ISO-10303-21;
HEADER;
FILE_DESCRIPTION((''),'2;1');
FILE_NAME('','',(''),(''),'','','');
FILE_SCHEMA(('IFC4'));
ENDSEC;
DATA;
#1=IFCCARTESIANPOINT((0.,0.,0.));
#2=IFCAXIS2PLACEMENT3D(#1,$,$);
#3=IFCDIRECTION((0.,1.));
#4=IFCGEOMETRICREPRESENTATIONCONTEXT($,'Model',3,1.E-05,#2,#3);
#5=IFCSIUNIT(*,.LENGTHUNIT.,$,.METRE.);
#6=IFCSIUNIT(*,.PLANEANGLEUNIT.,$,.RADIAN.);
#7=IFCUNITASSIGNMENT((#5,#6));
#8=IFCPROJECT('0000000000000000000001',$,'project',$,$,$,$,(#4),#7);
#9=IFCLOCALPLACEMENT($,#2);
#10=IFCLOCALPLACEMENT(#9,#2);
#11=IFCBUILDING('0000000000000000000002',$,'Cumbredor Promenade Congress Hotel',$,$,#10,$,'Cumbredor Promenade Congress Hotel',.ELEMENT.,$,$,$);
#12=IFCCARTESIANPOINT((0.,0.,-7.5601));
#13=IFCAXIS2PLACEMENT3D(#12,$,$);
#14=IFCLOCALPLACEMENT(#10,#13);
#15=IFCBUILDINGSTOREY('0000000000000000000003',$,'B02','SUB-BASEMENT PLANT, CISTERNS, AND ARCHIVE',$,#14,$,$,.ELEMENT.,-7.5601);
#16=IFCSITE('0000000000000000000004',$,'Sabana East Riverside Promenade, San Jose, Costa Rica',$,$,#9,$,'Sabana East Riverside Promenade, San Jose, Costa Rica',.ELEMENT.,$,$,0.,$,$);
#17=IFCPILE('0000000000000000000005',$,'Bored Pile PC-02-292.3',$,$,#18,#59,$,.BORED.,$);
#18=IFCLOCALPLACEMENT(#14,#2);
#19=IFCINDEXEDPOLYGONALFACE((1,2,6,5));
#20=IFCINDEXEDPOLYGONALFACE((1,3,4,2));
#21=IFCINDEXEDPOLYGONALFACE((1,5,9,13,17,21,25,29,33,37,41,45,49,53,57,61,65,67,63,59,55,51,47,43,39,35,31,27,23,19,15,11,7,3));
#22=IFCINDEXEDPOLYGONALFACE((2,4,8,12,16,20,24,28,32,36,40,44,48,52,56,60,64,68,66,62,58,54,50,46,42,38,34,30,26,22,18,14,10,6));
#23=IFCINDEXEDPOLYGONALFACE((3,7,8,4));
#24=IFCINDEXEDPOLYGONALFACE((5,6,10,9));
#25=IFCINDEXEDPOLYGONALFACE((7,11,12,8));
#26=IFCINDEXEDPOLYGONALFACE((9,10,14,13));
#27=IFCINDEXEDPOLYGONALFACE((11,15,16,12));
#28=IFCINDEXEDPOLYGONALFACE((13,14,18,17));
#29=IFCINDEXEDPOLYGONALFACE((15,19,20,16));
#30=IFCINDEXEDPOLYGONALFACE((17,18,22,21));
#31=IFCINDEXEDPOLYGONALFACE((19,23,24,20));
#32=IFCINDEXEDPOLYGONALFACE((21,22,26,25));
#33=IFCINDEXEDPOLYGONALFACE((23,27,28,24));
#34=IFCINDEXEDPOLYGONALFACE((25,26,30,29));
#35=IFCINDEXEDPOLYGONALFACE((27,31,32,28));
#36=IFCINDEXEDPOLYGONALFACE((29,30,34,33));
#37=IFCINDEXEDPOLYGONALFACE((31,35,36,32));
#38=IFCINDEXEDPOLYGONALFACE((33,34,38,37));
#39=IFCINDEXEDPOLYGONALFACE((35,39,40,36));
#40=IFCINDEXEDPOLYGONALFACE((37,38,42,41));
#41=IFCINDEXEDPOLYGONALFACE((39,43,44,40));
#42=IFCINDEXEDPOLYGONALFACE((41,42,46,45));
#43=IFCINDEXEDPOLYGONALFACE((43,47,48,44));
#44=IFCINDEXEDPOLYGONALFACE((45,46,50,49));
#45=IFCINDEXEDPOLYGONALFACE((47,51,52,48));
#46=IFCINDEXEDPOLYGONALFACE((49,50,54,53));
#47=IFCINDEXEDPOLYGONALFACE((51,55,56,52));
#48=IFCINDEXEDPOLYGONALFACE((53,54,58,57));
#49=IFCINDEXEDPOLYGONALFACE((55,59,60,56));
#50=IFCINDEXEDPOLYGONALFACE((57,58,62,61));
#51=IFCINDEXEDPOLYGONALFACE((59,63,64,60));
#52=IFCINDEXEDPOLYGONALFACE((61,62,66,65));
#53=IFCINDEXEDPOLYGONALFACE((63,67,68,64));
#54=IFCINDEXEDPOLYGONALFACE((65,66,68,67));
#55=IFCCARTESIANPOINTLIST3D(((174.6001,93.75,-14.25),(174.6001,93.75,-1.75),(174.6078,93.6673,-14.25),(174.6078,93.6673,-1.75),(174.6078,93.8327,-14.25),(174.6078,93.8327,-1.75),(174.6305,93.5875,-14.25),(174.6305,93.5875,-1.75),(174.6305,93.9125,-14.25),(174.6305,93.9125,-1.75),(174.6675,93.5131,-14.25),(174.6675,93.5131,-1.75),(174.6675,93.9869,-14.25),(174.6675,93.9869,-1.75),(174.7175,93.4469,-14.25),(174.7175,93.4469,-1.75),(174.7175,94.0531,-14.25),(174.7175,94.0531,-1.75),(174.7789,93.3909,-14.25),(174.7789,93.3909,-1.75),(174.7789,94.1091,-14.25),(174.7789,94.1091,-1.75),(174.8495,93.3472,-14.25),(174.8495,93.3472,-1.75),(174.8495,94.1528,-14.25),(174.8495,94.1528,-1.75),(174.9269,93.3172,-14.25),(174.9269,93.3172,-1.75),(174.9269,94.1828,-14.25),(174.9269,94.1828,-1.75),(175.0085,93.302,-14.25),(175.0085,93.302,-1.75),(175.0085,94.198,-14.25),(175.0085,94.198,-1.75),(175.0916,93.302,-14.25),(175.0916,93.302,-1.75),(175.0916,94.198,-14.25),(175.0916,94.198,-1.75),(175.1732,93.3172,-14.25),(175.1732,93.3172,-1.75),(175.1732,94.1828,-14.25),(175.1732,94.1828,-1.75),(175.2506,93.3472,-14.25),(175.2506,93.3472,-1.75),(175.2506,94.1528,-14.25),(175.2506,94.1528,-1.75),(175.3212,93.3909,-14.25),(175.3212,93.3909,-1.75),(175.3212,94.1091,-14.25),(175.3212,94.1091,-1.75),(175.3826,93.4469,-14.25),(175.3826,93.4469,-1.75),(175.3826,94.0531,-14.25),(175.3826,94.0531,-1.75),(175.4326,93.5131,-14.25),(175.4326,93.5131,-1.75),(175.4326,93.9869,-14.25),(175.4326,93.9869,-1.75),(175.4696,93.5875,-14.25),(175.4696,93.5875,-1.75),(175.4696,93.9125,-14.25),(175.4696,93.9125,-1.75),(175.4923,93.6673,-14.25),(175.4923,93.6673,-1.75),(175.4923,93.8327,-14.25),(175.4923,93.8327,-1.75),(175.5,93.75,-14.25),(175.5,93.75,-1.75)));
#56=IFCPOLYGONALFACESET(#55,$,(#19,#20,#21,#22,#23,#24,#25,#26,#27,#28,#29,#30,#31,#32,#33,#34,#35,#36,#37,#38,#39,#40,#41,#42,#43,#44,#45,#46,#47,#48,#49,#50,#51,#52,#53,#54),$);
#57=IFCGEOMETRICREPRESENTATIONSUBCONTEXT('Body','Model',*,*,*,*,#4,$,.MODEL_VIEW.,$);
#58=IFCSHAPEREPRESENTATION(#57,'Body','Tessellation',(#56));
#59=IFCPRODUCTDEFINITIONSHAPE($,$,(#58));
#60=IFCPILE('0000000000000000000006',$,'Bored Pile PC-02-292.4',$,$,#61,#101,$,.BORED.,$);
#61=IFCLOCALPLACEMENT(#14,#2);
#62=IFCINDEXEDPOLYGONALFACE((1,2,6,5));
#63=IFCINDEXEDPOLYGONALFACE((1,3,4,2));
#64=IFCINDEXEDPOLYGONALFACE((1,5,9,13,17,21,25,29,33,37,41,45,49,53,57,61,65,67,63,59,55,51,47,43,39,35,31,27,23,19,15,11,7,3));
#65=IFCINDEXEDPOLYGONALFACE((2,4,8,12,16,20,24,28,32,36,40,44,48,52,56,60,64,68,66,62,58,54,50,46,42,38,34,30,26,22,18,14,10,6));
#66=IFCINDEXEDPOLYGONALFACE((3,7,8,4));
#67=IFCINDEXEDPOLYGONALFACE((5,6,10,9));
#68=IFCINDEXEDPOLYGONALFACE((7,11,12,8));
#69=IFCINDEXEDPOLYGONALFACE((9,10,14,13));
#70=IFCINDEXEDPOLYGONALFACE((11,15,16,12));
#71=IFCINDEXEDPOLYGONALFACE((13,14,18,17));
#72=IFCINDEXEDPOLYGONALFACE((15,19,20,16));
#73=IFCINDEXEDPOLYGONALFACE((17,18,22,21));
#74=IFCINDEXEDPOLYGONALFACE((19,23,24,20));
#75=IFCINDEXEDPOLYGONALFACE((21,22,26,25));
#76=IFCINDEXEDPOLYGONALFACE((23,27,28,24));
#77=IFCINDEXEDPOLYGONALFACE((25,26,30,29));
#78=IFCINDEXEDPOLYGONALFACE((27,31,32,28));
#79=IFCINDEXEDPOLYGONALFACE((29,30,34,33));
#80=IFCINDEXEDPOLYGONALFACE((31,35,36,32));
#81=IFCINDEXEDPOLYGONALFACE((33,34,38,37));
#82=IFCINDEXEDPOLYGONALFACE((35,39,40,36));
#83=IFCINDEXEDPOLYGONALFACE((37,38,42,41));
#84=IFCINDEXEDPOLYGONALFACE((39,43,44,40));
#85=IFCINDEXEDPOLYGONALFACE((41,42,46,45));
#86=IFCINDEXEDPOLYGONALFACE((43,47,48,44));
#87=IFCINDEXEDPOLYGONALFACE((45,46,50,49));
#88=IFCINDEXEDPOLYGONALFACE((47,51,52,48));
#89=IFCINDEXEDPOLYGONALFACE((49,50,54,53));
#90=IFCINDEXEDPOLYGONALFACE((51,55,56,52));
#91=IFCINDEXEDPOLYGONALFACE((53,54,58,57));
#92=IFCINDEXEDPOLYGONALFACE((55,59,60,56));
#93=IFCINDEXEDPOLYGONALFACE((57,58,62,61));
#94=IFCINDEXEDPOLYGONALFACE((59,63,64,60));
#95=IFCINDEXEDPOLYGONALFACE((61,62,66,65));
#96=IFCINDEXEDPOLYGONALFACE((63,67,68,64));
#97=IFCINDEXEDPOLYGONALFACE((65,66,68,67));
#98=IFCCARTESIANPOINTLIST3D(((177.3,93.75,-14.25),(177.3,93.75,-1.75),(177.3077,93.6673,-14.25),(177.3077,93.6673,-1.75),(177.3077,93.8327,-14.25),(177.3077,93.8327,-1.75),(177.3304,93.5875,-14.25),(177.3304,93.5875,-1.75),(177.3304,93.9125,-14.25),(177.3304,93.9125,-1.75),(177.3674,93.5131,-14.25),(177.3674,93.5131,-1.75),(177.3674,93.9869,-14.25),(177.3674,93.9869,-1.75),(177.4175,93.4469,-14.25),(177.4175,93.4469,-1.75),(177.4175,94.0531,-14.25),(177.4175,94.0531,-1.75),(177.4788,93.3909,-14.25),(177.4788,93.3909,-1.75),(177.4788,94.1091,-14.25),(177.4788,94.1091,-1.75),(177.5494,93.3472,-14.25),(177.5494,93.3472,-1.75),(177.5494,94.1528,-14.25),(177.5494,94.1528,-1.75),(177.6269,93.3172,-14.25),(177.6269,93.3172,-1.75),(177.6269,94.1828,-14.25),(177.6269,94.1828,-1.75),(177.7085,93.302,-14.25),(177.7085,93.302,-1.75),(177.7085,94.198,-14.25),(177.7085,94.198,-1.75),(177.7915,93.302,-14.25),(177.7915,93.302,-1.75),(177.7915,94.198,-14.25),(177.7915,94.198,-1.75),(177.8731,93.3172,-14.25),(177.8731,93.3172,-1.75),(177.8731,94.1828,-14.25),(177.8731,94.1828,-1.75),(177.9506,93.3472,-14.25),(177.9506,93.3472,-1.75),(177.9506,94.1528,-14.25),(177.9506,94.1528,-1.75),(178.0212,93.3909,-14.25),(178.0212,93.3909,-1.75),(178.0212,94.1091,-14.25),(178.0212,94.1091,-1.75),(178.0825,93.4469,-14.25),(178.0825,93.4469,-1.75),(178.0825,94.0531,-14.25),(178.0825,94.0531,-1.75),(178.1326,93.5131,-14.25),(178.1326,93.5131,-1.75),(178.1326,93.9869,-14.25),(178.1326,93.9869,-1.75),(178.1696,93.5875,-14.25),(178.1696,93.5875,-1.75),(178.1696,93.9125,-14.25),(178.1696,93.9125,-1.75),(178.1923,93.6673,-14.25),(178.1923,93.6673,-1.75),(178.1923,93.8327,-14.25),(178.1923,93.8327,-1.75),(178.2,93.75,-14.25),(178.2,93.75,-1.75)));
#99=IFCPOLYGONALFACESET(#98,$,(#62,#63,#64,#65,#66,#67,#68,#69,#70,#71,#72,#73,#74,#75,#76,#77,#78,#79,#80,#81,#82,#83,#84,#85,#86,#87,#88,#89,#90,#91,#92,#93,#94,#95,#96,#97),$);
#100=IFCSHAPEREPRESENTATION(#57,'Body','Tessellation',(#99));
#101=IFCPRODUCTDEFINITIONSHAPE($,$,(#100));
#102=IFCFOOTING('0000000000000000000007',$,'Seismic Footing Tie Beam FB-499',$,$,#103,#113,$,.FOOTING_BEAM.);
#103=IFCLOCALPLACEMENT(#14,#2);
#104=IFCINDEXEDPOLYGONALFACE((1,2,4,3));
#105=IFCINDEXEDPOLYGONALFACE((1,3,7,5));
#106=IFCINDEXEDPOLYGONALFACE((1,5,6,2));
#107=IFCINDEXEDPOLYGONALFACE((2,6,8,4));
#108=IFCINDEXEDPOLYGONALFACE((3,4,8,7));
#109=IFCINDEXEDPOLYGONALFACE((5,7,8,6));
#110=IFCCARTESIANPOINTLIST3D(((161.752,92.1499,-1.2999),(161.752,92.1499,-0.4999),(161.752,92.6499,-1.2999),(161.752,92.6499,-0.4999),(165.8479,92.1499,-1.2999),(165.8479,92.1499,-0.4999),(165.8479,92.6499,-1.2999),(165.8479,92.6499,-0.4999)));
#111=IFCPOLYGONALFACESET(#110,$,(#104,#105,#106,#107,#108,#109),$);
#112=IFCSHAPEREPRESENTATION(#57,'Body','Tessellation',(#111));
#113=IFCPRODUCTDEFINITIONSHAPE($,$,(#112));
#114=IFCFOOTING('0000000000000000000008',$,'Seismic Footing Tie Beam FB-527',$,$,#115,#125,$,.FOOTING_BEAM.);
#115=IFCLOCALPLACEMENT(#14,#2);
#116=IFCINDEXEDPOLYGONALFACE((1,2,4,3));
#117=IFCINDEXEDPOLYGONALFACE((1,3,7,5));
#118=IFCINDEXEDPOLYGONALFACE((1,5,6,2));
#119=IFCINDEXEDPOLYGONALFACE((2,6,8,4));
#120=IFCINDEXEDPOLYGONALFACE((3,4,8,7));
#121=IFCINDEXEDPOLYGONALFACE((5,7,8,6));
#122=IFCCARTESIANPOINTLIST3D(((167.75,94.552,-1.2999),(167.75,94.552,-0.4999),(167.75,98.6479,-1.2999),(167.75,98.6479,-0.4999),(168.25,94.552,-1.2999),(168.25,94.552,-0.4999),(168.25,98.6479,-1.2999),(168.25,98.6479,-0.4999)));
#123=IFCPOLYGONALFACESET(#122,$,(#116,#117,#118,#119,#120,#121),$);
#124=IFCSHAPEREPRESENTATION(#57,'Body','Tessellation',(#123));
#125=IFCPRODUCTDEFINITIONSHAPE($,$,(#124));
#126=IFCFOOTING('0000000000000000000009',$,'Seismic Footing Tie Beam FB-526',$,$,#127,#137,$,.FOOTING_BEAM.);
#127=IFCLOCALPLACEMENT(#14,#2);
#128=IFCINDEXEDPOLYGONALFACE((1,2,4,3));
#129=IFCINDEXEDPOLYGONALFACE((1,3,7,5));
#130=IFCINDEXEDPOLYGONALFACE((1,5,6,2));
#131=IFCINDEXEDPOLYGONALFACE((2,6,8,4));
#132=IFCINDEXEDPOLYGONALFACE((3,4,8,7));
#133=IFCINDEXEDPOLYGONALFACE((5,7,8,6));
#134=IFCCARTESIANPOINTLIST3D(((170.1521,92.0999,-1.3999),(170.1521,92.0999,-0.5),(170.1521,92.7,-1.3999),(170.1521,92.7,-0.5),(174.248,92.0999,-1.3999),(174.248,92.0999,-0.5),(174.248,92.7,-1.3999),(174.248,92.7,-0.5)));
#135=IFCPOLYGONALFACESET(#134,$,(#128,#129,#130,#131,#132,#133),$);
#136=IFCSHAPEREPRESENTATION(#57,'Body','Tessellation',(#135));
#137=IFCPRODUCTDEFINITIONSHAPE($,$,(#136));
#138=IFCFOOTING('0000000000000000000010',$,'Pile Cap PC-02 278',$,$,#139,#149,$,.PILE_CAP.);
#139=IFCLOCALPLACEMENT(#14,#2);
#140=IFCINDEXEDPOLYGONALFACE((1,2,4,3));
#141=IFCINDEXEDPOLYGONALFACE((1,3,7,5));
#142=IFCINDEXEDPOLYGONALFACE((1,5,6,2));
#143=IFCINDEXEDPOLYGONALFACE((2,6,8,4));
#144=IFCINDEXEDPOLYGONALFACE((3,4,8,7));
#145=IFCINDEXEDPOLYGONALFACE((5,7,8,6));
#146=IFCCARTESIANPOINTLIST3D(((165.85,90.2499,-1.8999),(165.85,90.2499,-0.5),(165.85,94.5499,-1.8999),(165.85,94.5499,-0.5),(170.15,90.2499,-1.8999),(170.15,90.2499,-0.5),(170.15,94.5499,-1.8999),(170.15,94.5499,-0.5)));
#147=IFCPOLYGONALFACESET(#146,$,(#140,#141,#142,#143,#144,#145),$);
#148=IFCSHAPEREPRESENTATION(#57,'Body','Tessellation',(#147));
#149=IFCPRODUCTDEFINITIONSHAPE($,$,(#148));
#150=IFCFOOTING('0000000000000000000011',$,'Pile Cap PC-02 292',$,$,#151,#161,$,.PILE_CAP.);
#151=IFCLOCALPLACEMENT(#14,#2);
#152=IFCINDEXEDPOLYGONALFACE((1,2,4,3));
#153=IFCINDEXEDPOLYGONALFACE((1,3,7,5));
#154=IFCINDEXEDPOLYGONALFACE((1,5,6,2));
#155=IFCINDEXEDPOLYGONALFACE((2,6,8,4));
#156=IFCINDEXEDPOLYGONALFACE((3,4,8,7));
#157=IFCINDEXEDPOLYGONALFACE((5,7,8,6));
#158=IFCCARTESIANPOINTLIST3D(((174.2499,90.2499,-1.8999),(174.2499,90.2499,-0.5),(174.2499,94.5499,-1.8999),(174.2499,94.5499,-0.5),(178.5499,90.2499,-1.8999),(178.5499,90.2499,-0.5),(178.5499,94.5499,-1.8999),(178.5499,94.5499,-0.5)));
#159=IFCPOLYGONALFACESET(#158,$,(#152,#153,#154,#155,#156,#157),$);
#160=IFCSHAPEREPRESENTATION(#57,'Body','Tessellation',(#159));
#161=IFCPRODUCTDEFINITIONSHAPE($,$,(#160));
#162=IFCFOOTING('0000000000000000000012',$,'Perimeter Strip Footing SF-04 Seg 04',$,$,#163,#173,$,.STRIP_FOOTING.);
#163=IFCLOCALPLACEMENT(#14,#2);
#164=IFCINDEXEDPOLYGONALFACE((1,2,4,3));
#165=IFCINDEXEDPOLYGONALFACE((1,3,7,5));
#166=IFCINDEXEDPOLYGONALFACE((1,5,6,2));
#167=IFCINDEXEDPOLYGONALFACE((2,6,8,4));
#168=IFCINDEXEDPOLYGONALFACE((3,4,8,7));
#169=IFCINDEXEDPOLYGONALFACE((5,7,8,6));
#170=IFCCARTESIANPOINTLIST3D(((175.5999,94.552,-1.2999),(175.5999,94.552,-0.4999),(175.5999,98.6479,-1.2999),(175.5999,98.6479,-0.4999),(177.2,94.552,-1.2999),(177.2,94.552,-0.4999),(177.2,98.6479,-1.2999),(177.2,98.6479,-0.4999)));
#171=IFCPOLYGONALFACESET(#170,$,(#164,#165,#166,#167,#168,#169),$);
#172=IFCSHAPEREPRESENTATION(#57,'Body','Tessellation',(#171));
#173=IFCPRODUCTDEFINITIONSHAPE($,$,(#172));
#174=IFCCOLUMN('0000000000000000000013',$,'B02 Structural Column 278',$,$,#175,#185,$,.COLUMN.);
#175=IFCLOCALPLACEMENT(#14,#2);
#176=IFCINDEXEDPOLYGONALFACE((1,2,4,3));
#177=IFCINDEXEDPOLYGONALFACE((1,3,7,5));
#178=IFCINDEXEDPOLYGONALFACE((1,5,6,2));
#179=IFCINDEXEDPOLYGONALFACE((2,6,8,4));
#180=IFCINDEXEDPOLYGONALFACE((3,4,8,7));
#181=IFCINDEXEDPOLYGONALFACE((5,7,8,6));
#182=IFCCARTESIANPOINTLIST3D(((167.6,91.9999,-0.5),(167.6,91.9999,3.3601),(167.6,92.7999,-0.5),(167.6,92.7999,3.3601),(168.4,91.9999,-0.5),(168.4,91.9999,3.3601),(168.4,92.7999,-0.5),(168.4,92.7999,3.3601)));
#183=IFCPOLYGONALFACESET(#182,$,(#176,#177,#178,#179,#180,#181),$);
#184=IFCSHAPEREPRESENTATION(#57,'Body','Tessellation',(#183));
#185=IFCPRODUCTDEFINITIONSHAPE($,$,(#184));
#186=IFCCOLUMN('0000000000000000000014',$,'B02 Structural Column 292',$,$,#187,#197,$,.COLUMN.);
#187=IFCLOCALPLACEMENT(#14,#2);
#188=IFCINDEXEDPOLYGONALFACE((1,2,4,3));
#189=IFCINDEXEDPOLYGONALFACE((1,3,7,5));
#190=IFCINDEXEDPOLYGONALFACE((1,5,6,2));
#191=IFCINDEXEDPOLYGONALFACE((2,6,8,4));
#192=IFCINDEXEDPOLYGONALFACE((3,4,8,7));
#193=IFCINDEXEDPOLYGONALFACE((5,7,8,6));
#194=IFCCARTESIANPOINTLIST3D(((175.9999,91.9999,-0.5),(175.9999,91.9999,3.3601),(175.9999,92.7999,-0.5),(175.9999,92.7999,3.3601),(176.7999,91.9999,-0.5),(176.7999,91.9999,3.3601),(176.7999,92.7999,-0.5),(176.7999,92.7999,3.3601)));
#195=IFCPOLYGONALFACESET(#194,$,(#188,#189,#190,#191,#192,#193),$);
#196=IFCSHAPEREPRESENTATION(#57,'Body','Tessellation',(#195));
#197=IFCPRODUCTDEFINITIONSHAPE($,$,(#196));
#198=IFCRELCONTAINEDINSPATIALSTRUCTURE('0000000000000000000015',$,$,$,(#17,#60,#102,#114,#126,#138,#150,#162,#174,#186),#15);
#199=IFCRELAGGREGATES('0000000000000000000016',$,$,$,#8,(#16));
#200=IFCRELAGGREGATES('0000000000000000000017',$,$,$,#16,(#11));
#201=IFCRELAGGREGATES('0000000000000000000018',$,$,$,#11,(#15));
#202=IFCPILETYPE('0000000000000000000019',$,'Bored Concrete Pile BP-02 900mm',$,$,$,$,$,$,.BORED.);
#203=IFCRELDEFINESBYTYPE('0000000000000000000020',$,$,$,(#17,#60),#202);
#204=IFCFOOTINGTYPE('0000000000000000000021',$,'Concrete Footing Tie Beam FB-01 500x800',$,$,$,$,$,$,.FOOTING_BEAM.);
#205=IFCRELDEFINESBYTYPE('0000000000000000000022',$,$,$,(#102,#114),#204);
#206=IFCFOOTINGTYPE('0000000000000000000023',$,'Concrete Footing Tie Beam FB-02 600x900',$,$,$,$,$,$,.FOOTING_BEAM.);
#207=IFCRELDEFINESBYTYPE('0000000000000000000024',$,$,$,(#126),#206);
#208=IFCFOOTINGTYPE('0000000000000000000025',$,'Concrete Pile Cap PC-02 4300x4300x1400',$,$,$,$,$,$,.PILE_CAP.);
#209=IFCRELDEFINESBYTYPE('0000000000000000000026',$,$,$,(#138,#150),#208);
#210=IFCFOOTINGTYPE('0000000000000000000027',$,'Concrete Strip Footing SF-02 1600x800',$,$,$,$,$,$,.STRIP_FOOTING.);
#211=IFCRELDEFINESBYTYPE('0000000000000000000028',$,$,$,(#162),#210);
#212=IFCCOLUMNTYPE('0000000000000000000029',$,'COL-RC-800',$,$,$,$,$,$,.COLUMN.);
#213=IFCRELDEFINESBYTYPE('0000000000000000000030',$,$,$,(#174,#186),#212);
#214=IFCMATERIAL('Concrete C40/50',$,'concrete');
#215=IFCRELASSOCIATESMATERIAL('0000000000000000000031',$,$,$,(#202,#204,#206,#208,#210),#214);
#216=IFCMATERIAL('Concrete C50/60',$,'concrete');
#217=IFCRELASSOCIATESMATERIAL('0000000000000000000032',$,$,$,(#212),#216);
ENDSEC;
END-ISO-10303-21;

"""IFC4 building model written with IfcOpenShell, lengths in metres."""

from ifc_helpers import new_model, si_unit, direction, frame, origin, origin_2d, place, context, subcontext, project, spatial, rectangle, circle, extrude, material, material_profile, profile_set, type_object, element, save


model = new_model("IFC4")

# Units and contexts
model_context = context("Model", 3, precision=1e-05, world=origin(), true_north=direction((0.0, 1.0)))
body_context = subcontext(model_context, "Body", "Model", "MODEL_VIEW")
ifc_project = project(units=[si_unit("LENGTHUNIT", "METRE"), si_unit("PLANEANGLEUNIT", "RADIAN")], contexts=[model_context])

# Site, building, storey
site_placement = place(None, origin())
site = spatial("IfcSite", under=ifc_project, at=site_placement, Name="Sabana East Riverside Promenade, San Jose, Costa Rica", LongName="Sabana East Riverside Promenade, San Jose, Costa Rica", CompositionType="ELEMENT", RefElevation=0.0)
building_placement = place(site_placement, origin())
building = spatial("IfcBuilding", under=site, at=building_placement, Name="Cumbredor Promenade Congress Hotel", LongName="Cumbredor Promenade Congress Hotel", CompositionType="ELEMENT")
storey_placement = place(building_placement, frame((0.0, 0.0, -7.5601)))
storey = spatial("IfcBuildingStorey", under=building, at=storey_placement, Name="B02", Description="SUB-BASEMENT PLANT, CISTERNS, AND ARCHIVE", CompositionType="ELEMENT", Elevation=-7.5601)

# Piles
ifc_material_1 = material(Name="Concrete C40/50", Category="concrete")
ifc_material_profile_1 = material_profile(ifc_material_1, circle(Radius=0.45, at=origin_2d()), Name="PILE D900")
ifc_profile_set_1 = profile_set([ifc_material_profile_1], Name="Concrete C40/50")
pile_type = type_object("IfcPileType", Name="Bored Concrete Pile BP-02 900mm", PredefinedType="BORED", material=ifc_profile_set_1)
for number, where, z_axis, x_axis, name in (
    (1, (175.05, 93.75, -1.75), (0.0, 0.0, -1.0), (1.0, 0.0, 0.0), "Bored Pile PC-02-292.3"),
    (2, (177.75, 93.75, -1.75), (0.0, 0.0, -1.0), (1.0, 0.0, 0.0), "Bored Pile PC-02-292.4"),
):
    element("IfcPile", number, at=place(storey_placement, frame(where, z_axis=z_axis, x_axis=x_axis)), inside=storey, type_object=pile_type, Name=name, PredefinedType="BORED", context=body_context, shape_type="SweptSolid", body=[
        extrude(circle(Radius=0.45, at=origin_2d()), origin(), (0.0, 0.0, 1.0), 12.5),
    ])

# Footings
ifc_material_profile_2 = material_profile(ifc_material_1, rectangle(XDim=0.5, YDim=0.8, at=origin_2d()), Name="FB 500x800")
ifc_profile_set_2 = profile_set([ifc_material_profile_2], Name="Concrete C40/50")
footing_type_1 = type_object("IfcFootingType", Name="Concrete Footing Tie Beam FB-01 500x800", PredefinedType="FOOTING_BEAM", material=ifc_profile_set_2)
for number, where, z_axis, x_axis, name in (
    (3, (161.752, 92.3999, -0.8999), (1.0, 0.0, 0.0), (0.0, 1.0, 0.0), "Seismic Footing Tie Beam FB-499"),
    (4, (168.0, 94.552, -0.8999), (0.0, 1.0, 0.0), (-1.0, 0.0, 0.0), "Seismic Footing Tie Beam FB-527"),
):
    element("IfcFooting", number, at=place(storey_placement, frame(where, z_axis=z_axis, x_axis=x_axis)), inside=storey, type_object=footing_type_1, Name=name, PredefinedType="FOOTING_BEAM", context=body_context, shape_type="SweptSolid", body=[
        extrude(rectangle(XDim=0.5, YDim=0.8, at=origin_2d()), origin(), (0.0, 0.0, 1.0), 4.0959),
    ])
ifc_material_profile_3 = material_profile(ifc_material_1, rectangle(XDim=0.6001, YDim=0.8999, at=origin_2d()), Name="FB 600x900")
ifc_profile_set_3 = profile_set([ifc_material_profile_3], Name="Concrete C40/50")
footing_type_2 = type_object("IfcFootingType", Name="Concrete Footing Tie Beam FB-02 600x900", PredefinedType="FOOTING_BEAM", material=ifc_profile_set_3)
footing_1_placement = place(storey_placement, frame((170.1521, 92.3999, -0.95), z_axis=(1.0, 0.0, 0.0), x_axis=(0.0, 1.0, 0.0)))
element("IfcFooting", 5, at=footing_1_placement, inside=storey, type_object=footing_type_2, Name="Seismic Footing Tie Beam FB-526", PredefinedType="FOOTING_BEAM", context=body_context, shape_type="SweptSolid", body=[
    extrude(rectangle(XDim=0.6001, YDim=0.8999, at=origin_2d()), origin(), (0.0, 0.0, 1.0), 4.0959),
])
footing_type_3 = type_object("IfcFootingType", Name="Concrete Pile Cap PC-02 4300x4300x1400", PredefinedType="PILE_CAP", material=ifc_material_1)
for number, where, z_axis, x_axis, name in (
    (6, (168.0, 92.3999, -1.8999), (0.0, 0.0, 1.0), (1.0, 0.0, 0.0), "Pile Cap PC-02 278"),
    (7, (176.3999, 92.3999, -1.8999), (0.0, 0.0, 1.0), (1.0, 0.0, 0.0), "Pile Cap PC-02 292"),
):
    element("IfcFooting", number, at=place(storey_placement, frame(where, z_axis=z_axis, x_axis=x_axis)), inside=storey, type_object=footing_type_3, Name=name, PredefinedType="PILE_CAP", context=body_context, shape_type="SweptSolid", body=[
        extrude(rectangle(XDim=4.3, YDim=4.3, at=origin_2d()), origin(), (0.0, 0.0, 1.0), 1.3999),
    ])
ifc_material_profile_4 = material_profile(ifc_material_1, rectangle(XDim=1.6001, YDim=0.8, at=origin_2d()), Name="SF 1600x800")
ifc_profile_set_4 = profile_set([ifc_material_profile_4], Name="Concrete C40/50")
footing_type_4 = type_object("IfcFootingType", Name="Concrete Strip Footing SF-02 1600x800", PredefinedType="STRIP_FOOTING", material=ifc_profile_set_4)
footing_2_placement = place(storey_placement, frame((176.3999, 94.552, -0.8999), z_axis=(0.0, 1.0, 0.0), x_axis=(-1.0, 0.0, 0.0)))
element("IfcFooting", 8, at=footing_2_placement, inside=storey, type_object=footing_type_4, Name="Perimeter Strip Footing SF-04 Seg 04", PredefinedType="STRIP_FOOTING", context=body_context, shape_type="SweptSolid", body=[
    extrude(rectangle(XDim=1.6001, YDim=0.8, at=origin_2d()), origin(), (0.0, 0.0, 1.0), 4.0959),
])

# Columns
ifc_material_2 = material(Name="Concrete C50/60", Category="concrete")
ifc_material_profile_5 = material_profile(ifc_material_2, rectangle(XDim=0.8, YDim=0.8, at=origin_2d()), Name="RC 800x800")
ifc_profile_set_5 = profile_set([ifc_material_profile_5], Name="Concrete C50/60")
column_type = type_object("IfcColumnType", Name="COL-RC-800", PredefinedType="COLUMN", material=ifc_profile_set_5)
for number, where, z_axis, x_axis, name in (
    (9, (168.0, 92.3999, -0.5), (0.0, 0.0, 1.0), (1.0, 0.0, 0.0), "B02 Structural Column 278"),
    (10, (176.3999, 92.3999, -0.5), (0.0, 0.0, 1.0), (1.0, 0.0, 0.0), "B02 Structural Column 292"),
):
    element("IfcColumn", number, at=place(storey_placement, frame(where, z_axis=z_axis, x_axis=x_axis)), inside=storey, type_object=column_type, Name=name, PredefinedType="COLUMN", context=body_context, shape_type="SweptSolid", body=[
        extrude(rectangle(XDim=0.8, YDim=0.8, at=origin_2d()), origin(), (0.0, 0.0, 1.0), 3.8601),
    ])

save(model, "model.ifc")
